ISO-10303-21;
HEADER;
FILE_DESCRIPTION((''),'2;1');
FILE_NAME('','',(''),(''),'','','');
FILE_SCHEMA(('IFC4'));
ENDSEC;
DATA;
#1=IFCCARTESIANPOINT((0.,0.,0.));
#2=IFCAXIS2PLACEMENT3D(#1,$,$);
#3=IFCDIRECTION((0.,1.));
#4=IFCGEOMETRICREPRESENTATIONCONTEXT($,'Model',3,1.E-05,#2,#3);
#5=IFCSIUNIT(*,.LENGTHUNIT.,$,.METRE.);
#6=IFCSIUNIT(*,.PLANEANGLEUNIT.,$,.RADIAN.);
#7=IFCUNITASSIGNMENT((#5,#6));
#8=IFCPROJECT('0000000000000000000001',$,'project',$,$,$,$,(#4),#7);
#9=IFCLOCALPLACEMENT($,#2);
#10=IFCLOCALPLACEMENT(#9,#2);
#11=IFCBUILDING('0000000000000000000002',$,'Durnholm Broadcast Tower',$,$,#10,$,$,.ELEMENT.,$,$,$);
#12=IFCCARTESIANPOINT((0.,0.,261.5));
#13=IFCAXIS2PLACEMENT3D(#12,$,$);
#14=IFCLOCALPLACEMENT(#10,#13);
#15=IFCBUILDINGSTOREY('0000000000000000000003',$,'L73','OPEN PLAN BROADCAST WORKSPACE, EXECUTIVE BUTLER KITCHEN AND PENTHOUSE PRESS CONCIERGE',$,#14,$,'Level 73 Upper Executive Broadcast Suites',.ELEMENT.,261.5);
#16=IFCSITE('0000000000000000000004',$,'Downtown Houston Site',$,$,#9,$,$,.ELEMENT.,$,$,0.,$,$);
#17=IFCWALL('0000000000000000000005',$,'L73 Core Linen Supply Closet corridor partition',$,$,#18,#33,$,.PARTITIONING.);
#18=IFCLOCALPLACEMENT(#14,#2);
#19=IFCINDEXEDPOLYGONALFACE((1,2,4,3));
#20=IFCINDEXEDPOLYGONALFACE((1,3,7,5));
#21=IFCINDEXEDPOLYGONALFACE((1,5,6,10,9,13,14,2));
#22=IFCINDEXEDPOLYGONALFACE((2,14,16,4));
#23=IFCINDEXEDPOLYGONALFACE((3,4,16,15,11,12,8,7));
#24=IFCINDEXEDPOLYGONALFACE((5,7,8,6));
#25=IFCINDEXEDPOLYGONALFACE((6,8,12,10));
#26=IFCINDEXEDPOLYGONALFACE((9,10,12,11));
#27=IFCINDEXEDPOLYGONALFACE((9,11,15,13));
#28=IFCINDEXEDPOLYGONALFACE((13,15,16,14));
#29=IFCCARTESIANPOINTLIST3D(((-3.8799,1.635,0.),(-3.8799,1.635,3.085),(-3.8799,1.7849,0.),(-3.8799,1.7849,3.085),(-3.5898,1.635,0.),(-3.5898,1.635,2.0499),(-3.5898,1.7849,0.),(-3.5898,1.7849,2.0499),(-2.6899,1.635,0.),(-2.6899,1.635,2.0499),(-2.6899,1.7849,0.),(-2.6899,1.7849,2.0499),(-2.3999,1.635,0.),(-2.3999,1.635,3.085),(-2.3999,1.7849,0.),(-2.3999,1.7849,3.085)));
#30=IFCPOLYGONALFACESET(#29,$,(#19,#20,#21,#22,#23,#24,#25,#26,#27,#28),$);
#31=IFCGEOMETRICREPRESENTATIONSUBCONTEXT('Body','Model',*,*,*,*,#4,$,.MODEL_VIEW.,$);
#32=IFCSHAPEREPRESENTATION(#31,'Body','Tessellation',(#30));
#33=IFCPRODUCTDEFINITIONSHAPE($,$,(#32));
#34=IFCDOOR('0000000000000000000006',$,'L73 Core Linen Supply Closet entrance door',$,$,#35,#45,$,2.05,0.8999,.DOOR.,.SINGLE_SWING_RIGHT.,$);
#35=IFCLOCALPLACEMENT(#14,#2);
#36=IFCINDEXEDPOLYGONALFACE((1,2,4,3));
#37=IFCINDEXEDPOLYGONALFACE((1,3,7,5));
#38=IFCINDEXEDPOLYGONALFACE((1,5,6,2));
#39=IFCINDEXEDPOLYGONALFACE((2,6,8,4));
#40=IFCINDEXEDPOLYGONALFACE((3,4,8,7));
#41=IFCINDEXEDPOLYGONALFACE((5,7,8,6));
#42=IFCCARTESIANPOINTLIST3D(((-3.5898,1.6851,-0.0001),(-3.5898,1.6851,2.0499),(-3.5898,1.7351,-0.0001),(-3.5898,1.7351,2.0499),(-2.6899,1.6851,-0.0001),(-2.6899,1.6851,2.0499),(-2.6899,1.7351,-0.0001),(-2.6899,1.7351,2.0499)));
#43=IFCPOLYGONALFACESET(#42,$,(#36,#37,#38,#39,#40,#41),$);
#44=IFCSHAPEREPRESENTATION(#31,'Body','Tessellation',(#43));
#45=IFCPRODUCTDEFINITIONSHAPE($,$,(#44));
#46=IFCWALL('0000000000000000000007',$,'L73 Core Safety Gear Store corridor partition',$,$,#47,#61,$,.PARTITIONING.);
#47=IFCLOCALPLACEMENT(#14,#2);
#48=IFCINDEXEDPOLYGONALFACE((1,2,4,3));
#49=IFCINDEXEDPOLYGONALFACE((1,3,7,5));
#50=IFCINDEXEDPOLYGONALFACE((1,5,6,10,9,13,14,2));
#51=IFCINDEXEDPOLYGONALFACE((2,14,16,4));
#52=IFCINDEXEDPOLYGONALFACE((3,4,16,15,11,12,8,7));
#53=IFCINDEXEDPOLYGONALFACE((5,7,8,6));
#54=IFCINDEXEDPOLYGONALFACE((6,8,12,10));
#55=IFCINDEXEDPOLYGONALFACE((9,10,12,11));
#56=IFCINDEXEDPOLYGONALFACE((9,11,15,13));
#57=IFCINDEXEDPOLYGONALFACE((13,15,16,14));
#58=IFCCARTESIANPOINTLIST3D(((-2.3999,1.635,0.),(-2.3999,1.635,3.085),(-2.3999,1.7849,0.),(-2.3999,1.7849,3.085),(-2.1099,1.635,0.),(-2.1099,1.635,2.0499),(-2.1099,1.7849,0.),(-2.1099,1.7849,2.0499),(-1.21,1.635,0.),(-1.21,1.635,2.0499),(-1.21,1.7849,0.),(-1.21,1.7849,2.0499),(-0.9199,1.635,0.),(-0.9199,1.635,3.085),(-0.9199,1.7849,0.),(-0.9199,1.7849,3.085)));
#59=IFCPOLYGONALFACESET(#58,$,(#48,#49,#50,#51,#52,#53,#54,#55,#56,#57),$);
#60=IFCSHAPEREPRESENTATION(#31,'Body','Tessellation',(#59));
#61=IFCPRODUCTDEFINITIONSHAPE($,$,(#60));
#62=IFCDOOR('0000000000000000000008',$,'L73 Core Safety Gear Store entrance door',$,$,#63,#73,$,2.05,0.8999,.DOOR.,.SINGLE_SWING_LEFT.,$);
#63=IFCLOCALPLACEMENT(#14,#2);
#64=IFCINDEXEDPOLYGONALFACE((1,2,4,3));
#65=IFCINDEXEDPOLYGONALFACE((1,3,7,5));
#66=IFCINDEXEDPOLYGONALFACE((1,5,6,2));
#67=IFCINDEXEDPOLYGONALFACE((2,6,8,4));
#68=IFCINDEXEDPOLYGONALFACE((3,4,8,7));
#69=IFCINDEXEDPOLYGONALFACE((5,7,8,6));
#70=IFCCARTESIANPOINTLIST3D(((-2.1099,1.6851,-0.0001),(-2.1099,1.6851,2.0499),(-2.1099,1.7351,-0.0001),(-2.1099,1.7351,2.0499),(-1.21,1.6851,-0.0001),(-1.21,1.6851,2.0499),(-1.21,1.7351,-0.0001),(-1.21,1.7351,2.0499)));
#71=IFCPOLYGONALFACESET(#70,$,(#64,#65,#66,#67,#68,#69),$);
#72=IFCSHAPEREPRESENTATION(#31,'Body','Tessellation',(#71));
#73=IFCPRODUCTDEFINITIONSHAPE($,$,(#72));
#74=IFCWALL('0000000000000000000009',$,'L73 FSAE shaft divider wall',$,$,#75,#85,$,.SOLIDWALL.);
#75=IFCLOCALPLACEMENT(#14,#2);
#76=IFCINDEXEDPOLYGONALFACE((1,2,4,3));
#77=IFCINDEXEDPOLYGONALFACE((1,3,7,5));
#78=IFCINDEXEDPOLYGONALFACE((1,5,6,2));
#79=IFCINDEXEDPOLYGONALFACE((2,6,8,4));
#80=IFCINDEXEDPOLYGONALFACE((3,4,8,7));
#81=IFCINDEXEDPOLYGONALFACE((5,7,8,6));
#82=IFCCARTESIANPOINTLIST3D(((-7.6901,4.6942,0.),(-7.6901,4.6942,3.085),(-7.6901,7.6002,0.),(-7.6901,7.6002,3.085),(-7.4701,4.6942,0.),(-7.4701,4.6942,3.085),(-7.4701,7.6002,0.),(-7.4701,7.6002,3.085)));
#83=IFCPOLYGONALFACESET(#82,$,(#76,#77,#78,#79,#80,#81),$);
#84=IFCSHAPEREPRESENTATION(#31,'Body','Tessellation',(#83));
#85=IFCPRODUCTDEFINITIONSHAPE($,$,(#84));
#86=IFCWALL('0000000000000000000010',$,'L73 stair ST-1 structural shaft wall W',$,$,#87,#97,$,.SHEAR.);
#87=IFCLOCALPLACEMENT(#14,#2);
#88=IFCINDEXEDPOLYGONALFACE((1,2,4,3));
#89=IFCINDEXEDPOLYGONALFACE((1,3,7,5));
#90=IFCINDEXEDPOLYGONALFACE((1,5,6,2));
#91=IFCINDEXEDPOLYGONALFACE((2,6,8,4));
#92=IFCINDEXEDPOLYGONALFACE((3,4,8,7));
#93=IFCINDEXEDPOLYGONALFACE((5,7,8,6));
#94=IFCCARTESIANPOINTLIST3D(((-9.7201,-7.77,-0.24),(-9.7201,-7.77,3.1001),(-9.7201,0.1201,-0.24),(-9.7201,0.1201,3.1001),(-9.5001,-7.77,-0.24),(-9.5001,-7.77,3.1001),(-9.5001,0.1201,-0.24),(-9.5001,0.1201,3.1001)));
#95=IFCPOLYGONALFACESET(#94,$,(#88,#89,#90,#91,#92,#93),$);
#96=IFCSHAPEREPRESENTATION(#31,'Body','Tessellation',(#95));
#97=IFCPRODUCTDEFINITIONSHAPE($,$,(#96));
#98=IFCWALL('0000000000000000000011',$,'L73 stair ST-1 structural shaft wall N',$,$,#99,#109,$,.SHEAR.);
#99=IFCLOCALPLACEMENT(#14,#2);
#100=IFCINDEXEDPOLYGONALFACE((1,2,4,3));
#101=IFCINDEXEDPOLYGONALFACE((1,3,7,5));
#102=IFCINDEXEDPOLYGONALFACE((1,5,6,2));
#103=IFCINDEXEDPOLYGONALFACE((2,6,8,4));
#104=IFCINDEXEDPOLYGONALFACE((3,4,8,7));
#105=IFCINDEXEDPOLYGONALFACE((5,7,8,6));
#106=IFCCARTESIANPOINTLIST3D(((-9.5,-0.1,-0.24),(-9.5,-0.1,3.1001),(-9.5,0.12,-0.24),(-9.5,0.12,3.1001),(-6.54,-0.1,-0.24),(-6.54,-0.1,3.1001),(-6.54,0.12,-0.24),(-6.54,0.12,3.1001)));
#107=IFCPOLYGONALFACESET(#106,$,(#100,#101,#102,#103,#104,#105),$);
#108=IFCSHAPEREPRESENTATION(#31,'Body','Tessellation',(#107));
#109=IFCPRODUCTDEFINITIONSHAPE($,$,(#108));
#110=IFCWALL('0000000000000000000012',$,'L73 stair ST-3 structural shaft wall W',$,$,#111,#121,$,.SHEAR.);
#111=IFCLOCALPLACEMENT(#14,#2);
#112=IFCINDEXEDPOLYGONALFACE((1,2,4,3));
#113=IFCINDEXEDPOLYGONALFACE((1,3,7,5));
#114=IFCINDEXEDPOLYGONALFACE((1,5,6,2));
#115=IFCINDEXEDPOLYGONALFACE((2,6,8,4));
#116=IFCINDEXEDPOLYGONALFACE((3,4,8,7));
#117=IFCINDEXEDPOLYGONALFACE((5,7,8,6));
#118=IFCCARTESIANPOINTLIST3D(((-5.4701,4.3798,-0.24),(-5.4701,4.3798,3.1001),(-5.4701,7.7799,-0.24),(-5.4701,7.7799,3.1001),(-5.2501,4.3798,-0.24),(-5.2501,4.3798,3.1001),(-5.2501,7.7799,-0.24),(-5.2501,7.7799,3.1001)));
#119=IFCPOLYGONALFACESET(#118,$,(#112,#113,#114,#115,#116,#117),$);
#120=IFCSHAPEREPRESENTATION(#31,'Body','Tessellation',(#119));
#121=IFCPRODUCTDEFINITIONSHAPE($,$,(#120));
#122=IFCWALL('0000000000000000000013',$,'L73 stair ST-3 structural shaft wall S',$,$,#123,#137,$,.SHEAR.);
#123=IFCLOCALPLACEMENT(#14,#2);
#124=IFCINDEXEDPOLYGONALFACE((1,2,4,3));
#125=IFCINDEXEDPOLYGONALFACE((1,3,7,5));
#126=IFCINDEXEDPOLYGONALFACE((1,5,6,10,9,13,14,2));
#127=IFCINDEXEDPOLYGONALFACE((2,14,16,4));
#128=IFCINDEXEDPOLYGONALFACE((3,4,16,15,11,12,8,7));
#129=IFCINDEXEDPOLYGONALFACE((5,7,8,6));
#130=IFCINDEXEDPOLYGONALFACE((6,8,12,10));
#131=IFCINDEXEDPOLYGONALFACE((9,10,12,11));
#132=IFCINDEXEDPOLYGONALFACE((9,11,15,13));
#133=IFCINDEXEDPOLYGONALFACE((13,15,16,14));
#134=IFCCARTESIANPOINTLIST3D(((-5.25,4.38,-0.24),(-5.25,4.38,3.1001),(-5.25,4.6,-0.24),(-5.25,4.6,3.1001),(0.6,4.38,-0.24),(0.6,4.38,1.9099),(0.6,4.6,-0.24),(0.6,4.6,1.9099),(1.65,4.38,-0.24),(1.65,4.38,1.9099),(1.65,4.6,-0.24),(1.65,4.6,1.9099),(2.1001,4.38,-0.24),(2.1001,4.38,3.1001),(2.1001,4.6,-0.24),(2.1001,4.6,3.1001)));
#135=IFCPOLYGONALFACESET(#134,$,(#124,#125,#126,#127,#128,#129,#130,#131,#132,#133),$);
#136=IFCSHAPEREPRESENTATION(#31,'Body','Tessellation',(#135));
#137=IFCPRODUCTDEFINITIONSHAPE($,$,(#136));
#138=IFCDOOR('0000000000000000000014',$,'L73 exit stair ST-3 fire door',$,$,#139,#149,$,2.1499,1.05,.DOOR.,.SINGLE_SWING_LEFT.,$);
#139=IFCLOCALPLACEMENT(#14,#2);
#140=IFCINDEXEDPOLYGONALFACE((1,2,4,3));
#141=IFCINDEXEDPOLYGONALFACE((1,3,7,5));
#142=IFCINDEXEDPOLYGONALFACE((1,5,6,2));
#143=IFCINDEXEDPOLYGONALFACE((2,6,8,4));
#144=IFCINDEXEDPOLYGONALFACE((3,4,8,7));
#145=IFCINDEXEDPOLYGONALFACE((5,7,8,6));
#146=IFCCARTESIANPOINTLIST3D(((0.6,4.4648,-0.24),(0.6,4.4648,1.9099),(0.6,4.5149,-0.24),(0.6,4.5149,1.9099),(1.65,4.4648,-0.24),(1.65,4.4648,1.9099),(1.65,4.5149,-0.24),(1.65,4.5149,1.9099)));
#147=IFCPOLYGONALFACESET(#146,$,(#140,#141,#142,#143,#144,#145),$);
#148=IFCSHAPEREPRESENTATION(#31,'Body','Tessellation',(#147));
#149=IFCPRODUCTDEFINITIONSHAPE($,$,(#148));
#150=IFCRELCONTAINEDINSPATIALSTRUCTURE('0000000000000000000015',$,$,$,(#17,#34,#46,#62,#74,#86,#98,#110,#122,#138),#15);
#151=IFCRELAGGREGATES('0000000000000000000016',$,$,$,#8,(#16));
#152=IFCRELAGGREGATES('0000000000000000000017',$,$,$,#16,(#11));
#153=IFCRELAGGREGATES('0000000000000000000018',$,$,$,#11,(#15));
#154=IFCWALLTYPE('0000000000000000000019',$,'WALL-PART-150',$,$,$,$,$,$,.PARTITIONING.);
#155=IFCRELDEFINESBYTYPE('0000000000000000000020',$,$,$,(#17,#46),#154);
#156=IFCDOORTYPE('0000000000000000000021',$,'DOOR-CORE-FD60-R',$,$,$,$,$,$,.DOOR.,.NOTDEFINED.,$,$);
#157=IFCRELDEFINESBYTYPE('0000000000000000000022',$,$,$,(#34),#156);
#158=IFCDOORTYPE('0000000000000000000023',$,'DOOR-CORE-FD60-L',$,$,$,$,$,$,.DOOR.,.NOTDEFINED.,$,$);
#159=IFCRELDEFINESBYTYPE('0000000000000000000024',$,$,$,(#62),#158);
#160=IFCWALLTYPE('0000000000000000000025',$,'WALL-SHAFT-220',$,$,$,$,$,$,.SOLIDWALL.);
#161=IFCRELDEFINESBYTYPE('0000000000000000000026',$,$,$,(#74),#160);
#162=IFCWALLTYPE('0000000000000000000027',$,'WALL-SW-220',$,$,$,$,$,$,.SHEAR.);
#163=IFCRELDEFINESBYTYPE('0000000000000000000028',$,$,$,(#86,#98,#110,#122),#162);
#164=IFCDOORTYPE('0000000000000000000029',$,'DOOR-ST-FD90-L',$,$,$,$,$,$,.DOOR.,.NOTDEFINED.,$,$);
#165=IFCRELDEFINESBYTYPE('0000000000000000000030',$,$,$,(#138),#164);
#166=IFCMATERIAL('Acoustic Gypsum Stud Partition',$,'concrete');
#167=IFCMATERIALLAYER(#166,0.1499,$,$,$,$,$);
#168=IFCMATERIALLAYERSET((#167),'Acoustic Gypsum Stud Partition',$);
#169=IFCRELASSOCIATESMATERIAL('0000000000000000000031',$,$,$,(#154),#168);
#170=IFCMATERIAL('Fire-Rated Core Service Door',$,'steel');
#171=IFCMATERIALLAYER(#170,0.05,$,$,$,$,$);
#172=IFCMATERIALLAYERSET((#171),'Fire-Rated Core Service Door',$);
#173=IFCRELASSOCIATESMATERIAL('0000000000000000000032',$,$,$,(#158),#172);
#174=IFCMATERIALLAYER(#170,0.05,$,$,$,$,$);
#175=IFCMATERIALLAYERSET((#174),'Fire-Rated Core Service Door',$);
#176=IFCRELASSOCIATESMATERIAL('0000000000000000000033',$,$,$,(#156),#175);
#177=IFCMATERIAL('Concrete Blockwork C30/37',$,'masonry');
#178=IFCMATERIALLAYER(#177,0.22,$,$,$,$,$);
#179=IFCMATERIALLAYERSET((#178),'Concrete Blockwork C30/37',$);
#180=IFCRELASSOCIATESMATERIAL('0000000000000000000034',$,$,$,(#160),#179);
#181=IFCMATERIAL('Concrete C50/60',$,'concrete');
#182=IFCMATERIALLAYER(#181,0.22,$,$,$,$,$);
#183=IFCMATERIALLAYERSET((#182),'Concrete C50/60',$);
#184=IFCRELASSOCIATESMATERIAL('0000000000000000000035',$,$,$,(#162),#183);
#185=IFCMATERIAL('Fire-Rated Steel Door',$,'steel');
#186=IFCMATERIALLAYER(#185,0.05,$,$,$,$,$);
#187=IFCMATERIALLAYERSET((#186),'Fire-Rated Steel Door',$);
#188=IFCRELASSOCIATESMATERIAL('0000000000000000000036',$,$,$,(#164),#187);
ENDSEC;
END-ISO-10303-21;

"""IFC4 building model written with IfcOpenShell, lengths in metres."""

from ifc_helpers import new_model, si_unit, direction, frame, frame_2d, origin, place, context, subcontext, project, spatial, rectangle, extrude, source, transform, mapped, material, layer, layer_set, type_object, type_shapes, element, fill, save


model = new_model("IFC4")

# Units and contexts
model_context = context("Model", 3, precision=1e-05, world=origin(), true_north=direction((0.0, 1.0)))
body_context = subcontext(model_context, "Body", "Model", "MODEL_VIEW")
ifc_project = project(units=[si_unit("LENGTHUNIT", "METRE"), si_unit("PLANEANGLEUNIT", "RADIAN")], contexts=[model_context])

# Site, building, storey
site_placement = place(None, origin())
site = spatial("IfcSite", under=ifc_project, at=site_placement, Name="Downtown Houston Site", CompositionType="ELEMENT", RefElevation=0.0)
building_placement = place(site_placement, origin())
building = spatial("IfcBuilding", under=site, at=building_placement, Name="Durnholm Broadcast Tower", CompositionType="ELEMENT")
storey_placement = place(building_placement, frame((0.0, 0.0, 261.5)))
storey = spatial("IfcBuildingStorey", under=building, at=storey_placement, Name="L73", Description="OPEN PLAN BROADCAST WORKSPACE, EXECUTIVE BUTLER KITCHEN AND PENTHOUSE PRESS CONCIERGE", LongName="Level 73 Upper Executive Broadcast Suites", CompositionType="ELEMENT", Elevation=261.5)

# Walls, openings, doors
ifc_material_1 = material(Name="Acoustic Gypsum Stud Partition", Category="concrete")
ifc_layer_1 = layer(ifc_material_1, 0.1499)
ifc_layer_set_1 = layer_set([ifc_layer_1], Name="Acoustic Gypsum Stud Partition")
wall_type_1 = type_object("IfcWallType", Name="WALL-PART-150", PredefinedType="PARTITIONING", material=ifc_layer_set_1)
ifc_material_2 = material(Name="Fire-Rated Core Service Door", Category="steel")
ifc_layer_2 = layer(ifc_material_2, 0.05)
ifc_layer_set_2 = layer_set([ifc_layer_2], Name="Fire-Rated Core Service Door")
door_type_1 = type_object("IfcDoorType", Name="DOOR-CORE-FD60-L", OperationType="NOTDEFINED", PredefinedType="DOOR", material=ifc_layer_set_2)
shared_shape_1 = source(origin(), body_context, "Body", "SweptSolid", [
    extrude(rectangle(XDim=0.8999, YDim=2.05, at=frame_2d((0.45, 1.0249))), frame((0.0, 0.0249, 0.0), z_axis=(0.0, -1.0, 0.0), x_axis=(1.0, 0.0, 0.0)), (0.0, 0.0, 1.0), 0.05),
])
type_shapes(door_type_1, [shared_shape_1])
wall_1_placement = place(storey_placement, frame((-2.3999, 1.71, 0.0), z_axis=(0.0, 0.0, 1.0), x_axis=(-1.0, 0.0, 0.0)))
wall_1 = element("IfcWall", 1, at=wall_1_placement, inside=storey, type_object=wall_type_1, Name="L73 Core Linen Supply Closet corridor partition", PredefinedType="PARTITIONING", context=body_context, shape_type="SweptSolid", body=[
    extrude(rectangle(XDim=1.48, YDim=0.1499, at=frame_2d((0.74, 0.0))), origin(), (0.0, 0.0, 1.0), 3.085),
])
opening_1_placement = place(wall_1_placement, frame((0.29, 0.0, 0.0)))
opening_1 = element("IfcOpeningElement", 2, at=opening_1_placement, cuts=wall_1, PredefinedType="OPENING", context=body_context, shape_type="SweptSolid", body=[
    extrude(rectangle(XDim=0.8999, YDim=2.05, at=frame_2d((0.45, 1.0249))), frame((0.0, 0.085, 0.0), z_axis=(0.0, -1.0, 0.0), x_axis=(1.0, 0.0, 0.0)), (0.0, 0.0, 1.0), 0.1699),
])
ifc_layer_3 = layer(ifc_material_2, 0.05)
ifc_layer_set_3 = layer_set([ifc_layer_3], Name="Fire-Rated Core Service Door")
door_type_2 = type_object("IfcDoorType", Name="DOOR-CORE-FD60-R", OperationType="NOTDEFINED", PredefinedType="DOOR", material=ifc_layer_set_3)
shared_shape_2 = source(origin(), body_context, "Body", "SweptSolid", [
    extrude(rectangle(XDim=0.8999, YDim=2.05, at=frame_2d((0.45, 1.0249))), frame((0.0, 0.0249, 0.0), z_axis=(0.0, -1.0, 0.0), x_axis=(1.0, 0.0, 0.0)), (0.0, 0.0, 1.0), 0.05),
])
type_shapes(door_type_2, [shared_shape_2])
door_1_placement = place(opening_1_placement, origin())
door_1 = element("IfcDoor", 3, at=door_1_placement, inside=storey, type_object=door_type_2, Name="L73 Core Linen Supply Closet entrance door", OperationType="SINGLE_SWING_RIGHT", OverallHeight=2.05, OverallWidth=0.8999, PredefinedType="DOOR", context=body_context, shape_type="MappedRepresentation", body=[
    mapped(shared_shape_2, transform((0.0, 0.0, 0.0), x_axis=(1.0, 0.0, 0.0), y_axis=(0.0, 1.0, 0.0), z_axis=(0.0, 0.0, 1.0), scale=1.0)),
])
fill(opening_1, door_1)
wall_2_placement = place(storey_placement, frame((-0.9199, 1.71, 0.0), z_axis=(0.0, 0.0, 1.0), x_axis=(-1.0, 0.0, 0.0)))
wall_2 = element("IfcWall", 4, at=wall_2_placement, inside=storey, type_object=wall_type_1, Name="L73 Core Safety Gear Store corridor partition", PredefinedType="PARTITIONING", context=body_context, shape_type="SweptSolid", body=[
    extrude(rectangle(XDim=1.48, YDim=0.1499, at=frame_2d((0.74, 0.0))), origin(), (0.0, 0.0, 1.0), 3.085),
])
opening_2_placement = place(wall_2_placement, frame((0.29, 0.0, 0.0)))
opening_2 = element("IfcOpeningElement", 5, at=opening_2_placement, cuts=wall_2, PredefinedType="OPENING", context=body_context, shape_type="SweptSolid", body=[
    extrude(rectangle(XDim=0.8999, YDim=2.05, at=frame_2d((0.45, 1.0249))), frame((0.0, 0.085, 0.0), z_axis=(0.0, -1.0, 0.0), x_axis=(1.0, 0.0, 0.0)), (0.0, 0.0, 1.0), 0.1699),
])
door_2_placement = place(opening_2_placement, origin())
door_2 = element("IfcDoor", 6, at=door_2_placement, inside=storey, type_object=door_type_1, Name="L73 Core Safety Gear Store entrance door", OperationType="SINGLE_SWING_LEFT", OverallHeight=2.05, OverallWidth=0.8999, PredefinedType="DOOR", context=body_context, shape_type="MappedRepresentation", body=[
    mapped(shared_shape_1, transform((0.0, 0.0, 0.0), x_axis=(1.0, 0.0, 0.0), y_axis=(0.0, 1.0, 0.0), z_axis=(0.0, 0.0, 1.0), scale=1.0)),
])
fill(opening_2, door_2)

# Walls
ifc_material_3 = material(Name="Concrete Blockwork C30/37", Category="masonry")
ifc_layer_4 = layer(ifc_material_3, 0.22)
ifc_layer_set_4 = layer_set([ifc_layer_4], Name="Concrete Blockwork C30/37")
wall_type_2 = type_object("IfcWallType", Name="WALL-SHAFT-220", PredefinedType="SOLIDWALL", material=ifc_layer_set_4)
wall_3_placement = place(storey_placement, frame((-7.5801, 4.6941, 0.0), z_axis=(0.0, 0.0, 1.0), x_axis=(0.0, 1.0, 0.0)))
element("IfcWall", 7, at=wall_3_placement, inside=storey, type_object=wall_type_2, Name="L73 FSAE shaft divider wall", PredefinedType="SOLIDWALL", context=body_context, shape_type="SweptSolid", body=[
    extrude(rectangle(XDim=2.906, YDim=0.22, at=frame_2d((1.4531, 0.0))), origin(), (0.0, 0.0, 1.0), 3.085),
])
ifc_material_4 = material(Name="Concrete C50/60", Category="concrete")
ifc_layer_5 = layer(ifc_material_4, 0.22)
ifc_layer_set_5 = layer_set([ifc_layer_5], Name="Concrete C50/60")
wall_type_3 = type_object("IfcWallType", Name="WALL-SW-220", PredefinedType="SHEAR", material=ifc_layer_set_5)
wall_4_placement = place(storey_placement, frame((-9.6101, 0.1201, -0.24), z_axis=(0.0, 0.0, 1.0), x_axis=(0.0, -1.0, 0.0)))
element("IfcWall", 8, at=wall_4_placement, inside=storey, type_object=wall_type_3, Name="L73 stair ST-1 structural shaft wall W", PredefinedType="SHEAR", context=body_context, shape_type="SweptSolid", body=[
    extrude(rectangle(XDim=7.8901, YDim=0.22, at=frame_2d((3.9451, 0.0))), origin(), (0.0, 0.0, 1.0), 3.3401),
])
wall_5_placement = place(storey_placement, frame((-6.54, 0.01, -0.24), z_axis=(0.0, 0.0, 1.0), x_axis=(-1.0, 0.0, 0.0)))
element("IfcWall", 9, at=wall_5_placement, inside=storey, type_object=wall_type_3, Name="L73 stair ST-1 structural shaft wall N", PredefinedType="SHEAR", context=body_context, shape_type="SweptSolid", body=[
    extrude(rectangle(XDim=2.96, YDim=0.22, at=frame_2d((1.48, 0.0))), origin(), (0.0, 0.0, 1.0), 3.3401),
])
wall_6_placement = place(storey_placement, frame((-5.3601, 7.78, -0.24), z_axis=(0.0, 0.0, 1.0), x_axis=(0.0, -1.0, 0.0)))
element("IfcWall", 10, at=wall_6_placement, inside=storey, type_object=wall_type_3, Name="L73 stair ST-3 structural shaft wall W", PredefinedType="SHEAR", context=body_context, shape_type="SweptSolid", body=[
    extrude(rectangle(XDim=3.4001, YDim=0.22, at=frame_2d((1.7002, 0.0))), origin(), (0.0, 0.0, 1.0), 3.3401),
])

# Wall, opening, door
wall_7_placement = place(storey_placement, frame((-5.25, 4.49, -0.24), z_axis=(0.0, 0.0, 1.0), x_axis=(1.0, 0.0, 0.0)))
wall_7 = element("IfcWall", 11, at=wall_7_placement, inside=storey, type_object=wall_type_3, Name="L73 stair ST-3 structural shaft wall S", PredefinedType="SHEAR", context=body_context, shape_type="SweptSolid", body=[
    extrude(rectangle(XDim=7.3501, YDim=0.22, at=frame_2d((3.675, 0.0))), origin(), (0.0, 0.0, 1.0), 3.3401),
])
opening_3_placement = place(wall_7_placement, frame((5.8501, 0.0, 0.0)))
opening_3 = element("IfcOpeningElement", 12, at=opening_3_placement, cuts=wall_7, PredefinedType="OPENING", context=body_context, shape_type="SweptSolid", body=[
    extrude(rectangle(XDim=1.05, YDim=2.1499, at=frame_2d((0.5249, 1.075))), frame((0.0, 0.1201, 0.0), z_axis=(0.0, -1.0, 0.0), x_axis=(1.0, 0.0, 0.0)), (0.0, 0.0, 1.0), 0.24),
])
ifc_material_5 = material(Name="Fire-Rated Steel Door", Category="steel")
ifc_layer_6 = layer(ifc_material_5, 0.05)
ifc_layer_set_6 = layer_set([ifc_layer_6], Name="Fire-Rated Steel Door")
door_type_3 = type_object("IfcDoorType", Name="DOOR-ST-FD90-L", OperationType="NOTDEFINED", PredefinedType="DOOR", material=ifc_layer_set_6)
shared_shape_3 = source(origin(), body_context, "Body", "SweptSolid", [
    extrude(rectangle(XDim=1.05, YDim=2.1499, at=frame_2d((0.5249, 1.075))), frame((0.0, 0.0249, 0.0), z_axis=(0.0, -1.0, 0.0), x_axis=(1.0, 0.0, 0.0)), (0.0, 0.0, 1.0), 0.05),
])
type_shapes(door_type_3, [shared_shape_3])
door_3_placement = place(opening_3_placement, origin())
door_3 = element("IfcDoor", 13, at=door_3_placement, inside=storey, type_object=door_type_3, Name="L73 exit stair ST-3 fire door", OperationType="SINGLE_SWING_LEFT", OverallHeight=2.1499, OverallWidth=1.05, PredefinedType="DOOR", context=body_context, shape_type="MappedRepresentation", body=[
    mapped(shared_shape_3, transform((0.0, 0.0, 0.0), x_axis=(1.0, 0.0, 0.0), y_axis=(0.0, 1.0, 0.0), z_axis=(0.0, 0.0, 1.0), scale=1.0)),
])
fill(opening_3, door_3)

save(model, "model.ifc")
